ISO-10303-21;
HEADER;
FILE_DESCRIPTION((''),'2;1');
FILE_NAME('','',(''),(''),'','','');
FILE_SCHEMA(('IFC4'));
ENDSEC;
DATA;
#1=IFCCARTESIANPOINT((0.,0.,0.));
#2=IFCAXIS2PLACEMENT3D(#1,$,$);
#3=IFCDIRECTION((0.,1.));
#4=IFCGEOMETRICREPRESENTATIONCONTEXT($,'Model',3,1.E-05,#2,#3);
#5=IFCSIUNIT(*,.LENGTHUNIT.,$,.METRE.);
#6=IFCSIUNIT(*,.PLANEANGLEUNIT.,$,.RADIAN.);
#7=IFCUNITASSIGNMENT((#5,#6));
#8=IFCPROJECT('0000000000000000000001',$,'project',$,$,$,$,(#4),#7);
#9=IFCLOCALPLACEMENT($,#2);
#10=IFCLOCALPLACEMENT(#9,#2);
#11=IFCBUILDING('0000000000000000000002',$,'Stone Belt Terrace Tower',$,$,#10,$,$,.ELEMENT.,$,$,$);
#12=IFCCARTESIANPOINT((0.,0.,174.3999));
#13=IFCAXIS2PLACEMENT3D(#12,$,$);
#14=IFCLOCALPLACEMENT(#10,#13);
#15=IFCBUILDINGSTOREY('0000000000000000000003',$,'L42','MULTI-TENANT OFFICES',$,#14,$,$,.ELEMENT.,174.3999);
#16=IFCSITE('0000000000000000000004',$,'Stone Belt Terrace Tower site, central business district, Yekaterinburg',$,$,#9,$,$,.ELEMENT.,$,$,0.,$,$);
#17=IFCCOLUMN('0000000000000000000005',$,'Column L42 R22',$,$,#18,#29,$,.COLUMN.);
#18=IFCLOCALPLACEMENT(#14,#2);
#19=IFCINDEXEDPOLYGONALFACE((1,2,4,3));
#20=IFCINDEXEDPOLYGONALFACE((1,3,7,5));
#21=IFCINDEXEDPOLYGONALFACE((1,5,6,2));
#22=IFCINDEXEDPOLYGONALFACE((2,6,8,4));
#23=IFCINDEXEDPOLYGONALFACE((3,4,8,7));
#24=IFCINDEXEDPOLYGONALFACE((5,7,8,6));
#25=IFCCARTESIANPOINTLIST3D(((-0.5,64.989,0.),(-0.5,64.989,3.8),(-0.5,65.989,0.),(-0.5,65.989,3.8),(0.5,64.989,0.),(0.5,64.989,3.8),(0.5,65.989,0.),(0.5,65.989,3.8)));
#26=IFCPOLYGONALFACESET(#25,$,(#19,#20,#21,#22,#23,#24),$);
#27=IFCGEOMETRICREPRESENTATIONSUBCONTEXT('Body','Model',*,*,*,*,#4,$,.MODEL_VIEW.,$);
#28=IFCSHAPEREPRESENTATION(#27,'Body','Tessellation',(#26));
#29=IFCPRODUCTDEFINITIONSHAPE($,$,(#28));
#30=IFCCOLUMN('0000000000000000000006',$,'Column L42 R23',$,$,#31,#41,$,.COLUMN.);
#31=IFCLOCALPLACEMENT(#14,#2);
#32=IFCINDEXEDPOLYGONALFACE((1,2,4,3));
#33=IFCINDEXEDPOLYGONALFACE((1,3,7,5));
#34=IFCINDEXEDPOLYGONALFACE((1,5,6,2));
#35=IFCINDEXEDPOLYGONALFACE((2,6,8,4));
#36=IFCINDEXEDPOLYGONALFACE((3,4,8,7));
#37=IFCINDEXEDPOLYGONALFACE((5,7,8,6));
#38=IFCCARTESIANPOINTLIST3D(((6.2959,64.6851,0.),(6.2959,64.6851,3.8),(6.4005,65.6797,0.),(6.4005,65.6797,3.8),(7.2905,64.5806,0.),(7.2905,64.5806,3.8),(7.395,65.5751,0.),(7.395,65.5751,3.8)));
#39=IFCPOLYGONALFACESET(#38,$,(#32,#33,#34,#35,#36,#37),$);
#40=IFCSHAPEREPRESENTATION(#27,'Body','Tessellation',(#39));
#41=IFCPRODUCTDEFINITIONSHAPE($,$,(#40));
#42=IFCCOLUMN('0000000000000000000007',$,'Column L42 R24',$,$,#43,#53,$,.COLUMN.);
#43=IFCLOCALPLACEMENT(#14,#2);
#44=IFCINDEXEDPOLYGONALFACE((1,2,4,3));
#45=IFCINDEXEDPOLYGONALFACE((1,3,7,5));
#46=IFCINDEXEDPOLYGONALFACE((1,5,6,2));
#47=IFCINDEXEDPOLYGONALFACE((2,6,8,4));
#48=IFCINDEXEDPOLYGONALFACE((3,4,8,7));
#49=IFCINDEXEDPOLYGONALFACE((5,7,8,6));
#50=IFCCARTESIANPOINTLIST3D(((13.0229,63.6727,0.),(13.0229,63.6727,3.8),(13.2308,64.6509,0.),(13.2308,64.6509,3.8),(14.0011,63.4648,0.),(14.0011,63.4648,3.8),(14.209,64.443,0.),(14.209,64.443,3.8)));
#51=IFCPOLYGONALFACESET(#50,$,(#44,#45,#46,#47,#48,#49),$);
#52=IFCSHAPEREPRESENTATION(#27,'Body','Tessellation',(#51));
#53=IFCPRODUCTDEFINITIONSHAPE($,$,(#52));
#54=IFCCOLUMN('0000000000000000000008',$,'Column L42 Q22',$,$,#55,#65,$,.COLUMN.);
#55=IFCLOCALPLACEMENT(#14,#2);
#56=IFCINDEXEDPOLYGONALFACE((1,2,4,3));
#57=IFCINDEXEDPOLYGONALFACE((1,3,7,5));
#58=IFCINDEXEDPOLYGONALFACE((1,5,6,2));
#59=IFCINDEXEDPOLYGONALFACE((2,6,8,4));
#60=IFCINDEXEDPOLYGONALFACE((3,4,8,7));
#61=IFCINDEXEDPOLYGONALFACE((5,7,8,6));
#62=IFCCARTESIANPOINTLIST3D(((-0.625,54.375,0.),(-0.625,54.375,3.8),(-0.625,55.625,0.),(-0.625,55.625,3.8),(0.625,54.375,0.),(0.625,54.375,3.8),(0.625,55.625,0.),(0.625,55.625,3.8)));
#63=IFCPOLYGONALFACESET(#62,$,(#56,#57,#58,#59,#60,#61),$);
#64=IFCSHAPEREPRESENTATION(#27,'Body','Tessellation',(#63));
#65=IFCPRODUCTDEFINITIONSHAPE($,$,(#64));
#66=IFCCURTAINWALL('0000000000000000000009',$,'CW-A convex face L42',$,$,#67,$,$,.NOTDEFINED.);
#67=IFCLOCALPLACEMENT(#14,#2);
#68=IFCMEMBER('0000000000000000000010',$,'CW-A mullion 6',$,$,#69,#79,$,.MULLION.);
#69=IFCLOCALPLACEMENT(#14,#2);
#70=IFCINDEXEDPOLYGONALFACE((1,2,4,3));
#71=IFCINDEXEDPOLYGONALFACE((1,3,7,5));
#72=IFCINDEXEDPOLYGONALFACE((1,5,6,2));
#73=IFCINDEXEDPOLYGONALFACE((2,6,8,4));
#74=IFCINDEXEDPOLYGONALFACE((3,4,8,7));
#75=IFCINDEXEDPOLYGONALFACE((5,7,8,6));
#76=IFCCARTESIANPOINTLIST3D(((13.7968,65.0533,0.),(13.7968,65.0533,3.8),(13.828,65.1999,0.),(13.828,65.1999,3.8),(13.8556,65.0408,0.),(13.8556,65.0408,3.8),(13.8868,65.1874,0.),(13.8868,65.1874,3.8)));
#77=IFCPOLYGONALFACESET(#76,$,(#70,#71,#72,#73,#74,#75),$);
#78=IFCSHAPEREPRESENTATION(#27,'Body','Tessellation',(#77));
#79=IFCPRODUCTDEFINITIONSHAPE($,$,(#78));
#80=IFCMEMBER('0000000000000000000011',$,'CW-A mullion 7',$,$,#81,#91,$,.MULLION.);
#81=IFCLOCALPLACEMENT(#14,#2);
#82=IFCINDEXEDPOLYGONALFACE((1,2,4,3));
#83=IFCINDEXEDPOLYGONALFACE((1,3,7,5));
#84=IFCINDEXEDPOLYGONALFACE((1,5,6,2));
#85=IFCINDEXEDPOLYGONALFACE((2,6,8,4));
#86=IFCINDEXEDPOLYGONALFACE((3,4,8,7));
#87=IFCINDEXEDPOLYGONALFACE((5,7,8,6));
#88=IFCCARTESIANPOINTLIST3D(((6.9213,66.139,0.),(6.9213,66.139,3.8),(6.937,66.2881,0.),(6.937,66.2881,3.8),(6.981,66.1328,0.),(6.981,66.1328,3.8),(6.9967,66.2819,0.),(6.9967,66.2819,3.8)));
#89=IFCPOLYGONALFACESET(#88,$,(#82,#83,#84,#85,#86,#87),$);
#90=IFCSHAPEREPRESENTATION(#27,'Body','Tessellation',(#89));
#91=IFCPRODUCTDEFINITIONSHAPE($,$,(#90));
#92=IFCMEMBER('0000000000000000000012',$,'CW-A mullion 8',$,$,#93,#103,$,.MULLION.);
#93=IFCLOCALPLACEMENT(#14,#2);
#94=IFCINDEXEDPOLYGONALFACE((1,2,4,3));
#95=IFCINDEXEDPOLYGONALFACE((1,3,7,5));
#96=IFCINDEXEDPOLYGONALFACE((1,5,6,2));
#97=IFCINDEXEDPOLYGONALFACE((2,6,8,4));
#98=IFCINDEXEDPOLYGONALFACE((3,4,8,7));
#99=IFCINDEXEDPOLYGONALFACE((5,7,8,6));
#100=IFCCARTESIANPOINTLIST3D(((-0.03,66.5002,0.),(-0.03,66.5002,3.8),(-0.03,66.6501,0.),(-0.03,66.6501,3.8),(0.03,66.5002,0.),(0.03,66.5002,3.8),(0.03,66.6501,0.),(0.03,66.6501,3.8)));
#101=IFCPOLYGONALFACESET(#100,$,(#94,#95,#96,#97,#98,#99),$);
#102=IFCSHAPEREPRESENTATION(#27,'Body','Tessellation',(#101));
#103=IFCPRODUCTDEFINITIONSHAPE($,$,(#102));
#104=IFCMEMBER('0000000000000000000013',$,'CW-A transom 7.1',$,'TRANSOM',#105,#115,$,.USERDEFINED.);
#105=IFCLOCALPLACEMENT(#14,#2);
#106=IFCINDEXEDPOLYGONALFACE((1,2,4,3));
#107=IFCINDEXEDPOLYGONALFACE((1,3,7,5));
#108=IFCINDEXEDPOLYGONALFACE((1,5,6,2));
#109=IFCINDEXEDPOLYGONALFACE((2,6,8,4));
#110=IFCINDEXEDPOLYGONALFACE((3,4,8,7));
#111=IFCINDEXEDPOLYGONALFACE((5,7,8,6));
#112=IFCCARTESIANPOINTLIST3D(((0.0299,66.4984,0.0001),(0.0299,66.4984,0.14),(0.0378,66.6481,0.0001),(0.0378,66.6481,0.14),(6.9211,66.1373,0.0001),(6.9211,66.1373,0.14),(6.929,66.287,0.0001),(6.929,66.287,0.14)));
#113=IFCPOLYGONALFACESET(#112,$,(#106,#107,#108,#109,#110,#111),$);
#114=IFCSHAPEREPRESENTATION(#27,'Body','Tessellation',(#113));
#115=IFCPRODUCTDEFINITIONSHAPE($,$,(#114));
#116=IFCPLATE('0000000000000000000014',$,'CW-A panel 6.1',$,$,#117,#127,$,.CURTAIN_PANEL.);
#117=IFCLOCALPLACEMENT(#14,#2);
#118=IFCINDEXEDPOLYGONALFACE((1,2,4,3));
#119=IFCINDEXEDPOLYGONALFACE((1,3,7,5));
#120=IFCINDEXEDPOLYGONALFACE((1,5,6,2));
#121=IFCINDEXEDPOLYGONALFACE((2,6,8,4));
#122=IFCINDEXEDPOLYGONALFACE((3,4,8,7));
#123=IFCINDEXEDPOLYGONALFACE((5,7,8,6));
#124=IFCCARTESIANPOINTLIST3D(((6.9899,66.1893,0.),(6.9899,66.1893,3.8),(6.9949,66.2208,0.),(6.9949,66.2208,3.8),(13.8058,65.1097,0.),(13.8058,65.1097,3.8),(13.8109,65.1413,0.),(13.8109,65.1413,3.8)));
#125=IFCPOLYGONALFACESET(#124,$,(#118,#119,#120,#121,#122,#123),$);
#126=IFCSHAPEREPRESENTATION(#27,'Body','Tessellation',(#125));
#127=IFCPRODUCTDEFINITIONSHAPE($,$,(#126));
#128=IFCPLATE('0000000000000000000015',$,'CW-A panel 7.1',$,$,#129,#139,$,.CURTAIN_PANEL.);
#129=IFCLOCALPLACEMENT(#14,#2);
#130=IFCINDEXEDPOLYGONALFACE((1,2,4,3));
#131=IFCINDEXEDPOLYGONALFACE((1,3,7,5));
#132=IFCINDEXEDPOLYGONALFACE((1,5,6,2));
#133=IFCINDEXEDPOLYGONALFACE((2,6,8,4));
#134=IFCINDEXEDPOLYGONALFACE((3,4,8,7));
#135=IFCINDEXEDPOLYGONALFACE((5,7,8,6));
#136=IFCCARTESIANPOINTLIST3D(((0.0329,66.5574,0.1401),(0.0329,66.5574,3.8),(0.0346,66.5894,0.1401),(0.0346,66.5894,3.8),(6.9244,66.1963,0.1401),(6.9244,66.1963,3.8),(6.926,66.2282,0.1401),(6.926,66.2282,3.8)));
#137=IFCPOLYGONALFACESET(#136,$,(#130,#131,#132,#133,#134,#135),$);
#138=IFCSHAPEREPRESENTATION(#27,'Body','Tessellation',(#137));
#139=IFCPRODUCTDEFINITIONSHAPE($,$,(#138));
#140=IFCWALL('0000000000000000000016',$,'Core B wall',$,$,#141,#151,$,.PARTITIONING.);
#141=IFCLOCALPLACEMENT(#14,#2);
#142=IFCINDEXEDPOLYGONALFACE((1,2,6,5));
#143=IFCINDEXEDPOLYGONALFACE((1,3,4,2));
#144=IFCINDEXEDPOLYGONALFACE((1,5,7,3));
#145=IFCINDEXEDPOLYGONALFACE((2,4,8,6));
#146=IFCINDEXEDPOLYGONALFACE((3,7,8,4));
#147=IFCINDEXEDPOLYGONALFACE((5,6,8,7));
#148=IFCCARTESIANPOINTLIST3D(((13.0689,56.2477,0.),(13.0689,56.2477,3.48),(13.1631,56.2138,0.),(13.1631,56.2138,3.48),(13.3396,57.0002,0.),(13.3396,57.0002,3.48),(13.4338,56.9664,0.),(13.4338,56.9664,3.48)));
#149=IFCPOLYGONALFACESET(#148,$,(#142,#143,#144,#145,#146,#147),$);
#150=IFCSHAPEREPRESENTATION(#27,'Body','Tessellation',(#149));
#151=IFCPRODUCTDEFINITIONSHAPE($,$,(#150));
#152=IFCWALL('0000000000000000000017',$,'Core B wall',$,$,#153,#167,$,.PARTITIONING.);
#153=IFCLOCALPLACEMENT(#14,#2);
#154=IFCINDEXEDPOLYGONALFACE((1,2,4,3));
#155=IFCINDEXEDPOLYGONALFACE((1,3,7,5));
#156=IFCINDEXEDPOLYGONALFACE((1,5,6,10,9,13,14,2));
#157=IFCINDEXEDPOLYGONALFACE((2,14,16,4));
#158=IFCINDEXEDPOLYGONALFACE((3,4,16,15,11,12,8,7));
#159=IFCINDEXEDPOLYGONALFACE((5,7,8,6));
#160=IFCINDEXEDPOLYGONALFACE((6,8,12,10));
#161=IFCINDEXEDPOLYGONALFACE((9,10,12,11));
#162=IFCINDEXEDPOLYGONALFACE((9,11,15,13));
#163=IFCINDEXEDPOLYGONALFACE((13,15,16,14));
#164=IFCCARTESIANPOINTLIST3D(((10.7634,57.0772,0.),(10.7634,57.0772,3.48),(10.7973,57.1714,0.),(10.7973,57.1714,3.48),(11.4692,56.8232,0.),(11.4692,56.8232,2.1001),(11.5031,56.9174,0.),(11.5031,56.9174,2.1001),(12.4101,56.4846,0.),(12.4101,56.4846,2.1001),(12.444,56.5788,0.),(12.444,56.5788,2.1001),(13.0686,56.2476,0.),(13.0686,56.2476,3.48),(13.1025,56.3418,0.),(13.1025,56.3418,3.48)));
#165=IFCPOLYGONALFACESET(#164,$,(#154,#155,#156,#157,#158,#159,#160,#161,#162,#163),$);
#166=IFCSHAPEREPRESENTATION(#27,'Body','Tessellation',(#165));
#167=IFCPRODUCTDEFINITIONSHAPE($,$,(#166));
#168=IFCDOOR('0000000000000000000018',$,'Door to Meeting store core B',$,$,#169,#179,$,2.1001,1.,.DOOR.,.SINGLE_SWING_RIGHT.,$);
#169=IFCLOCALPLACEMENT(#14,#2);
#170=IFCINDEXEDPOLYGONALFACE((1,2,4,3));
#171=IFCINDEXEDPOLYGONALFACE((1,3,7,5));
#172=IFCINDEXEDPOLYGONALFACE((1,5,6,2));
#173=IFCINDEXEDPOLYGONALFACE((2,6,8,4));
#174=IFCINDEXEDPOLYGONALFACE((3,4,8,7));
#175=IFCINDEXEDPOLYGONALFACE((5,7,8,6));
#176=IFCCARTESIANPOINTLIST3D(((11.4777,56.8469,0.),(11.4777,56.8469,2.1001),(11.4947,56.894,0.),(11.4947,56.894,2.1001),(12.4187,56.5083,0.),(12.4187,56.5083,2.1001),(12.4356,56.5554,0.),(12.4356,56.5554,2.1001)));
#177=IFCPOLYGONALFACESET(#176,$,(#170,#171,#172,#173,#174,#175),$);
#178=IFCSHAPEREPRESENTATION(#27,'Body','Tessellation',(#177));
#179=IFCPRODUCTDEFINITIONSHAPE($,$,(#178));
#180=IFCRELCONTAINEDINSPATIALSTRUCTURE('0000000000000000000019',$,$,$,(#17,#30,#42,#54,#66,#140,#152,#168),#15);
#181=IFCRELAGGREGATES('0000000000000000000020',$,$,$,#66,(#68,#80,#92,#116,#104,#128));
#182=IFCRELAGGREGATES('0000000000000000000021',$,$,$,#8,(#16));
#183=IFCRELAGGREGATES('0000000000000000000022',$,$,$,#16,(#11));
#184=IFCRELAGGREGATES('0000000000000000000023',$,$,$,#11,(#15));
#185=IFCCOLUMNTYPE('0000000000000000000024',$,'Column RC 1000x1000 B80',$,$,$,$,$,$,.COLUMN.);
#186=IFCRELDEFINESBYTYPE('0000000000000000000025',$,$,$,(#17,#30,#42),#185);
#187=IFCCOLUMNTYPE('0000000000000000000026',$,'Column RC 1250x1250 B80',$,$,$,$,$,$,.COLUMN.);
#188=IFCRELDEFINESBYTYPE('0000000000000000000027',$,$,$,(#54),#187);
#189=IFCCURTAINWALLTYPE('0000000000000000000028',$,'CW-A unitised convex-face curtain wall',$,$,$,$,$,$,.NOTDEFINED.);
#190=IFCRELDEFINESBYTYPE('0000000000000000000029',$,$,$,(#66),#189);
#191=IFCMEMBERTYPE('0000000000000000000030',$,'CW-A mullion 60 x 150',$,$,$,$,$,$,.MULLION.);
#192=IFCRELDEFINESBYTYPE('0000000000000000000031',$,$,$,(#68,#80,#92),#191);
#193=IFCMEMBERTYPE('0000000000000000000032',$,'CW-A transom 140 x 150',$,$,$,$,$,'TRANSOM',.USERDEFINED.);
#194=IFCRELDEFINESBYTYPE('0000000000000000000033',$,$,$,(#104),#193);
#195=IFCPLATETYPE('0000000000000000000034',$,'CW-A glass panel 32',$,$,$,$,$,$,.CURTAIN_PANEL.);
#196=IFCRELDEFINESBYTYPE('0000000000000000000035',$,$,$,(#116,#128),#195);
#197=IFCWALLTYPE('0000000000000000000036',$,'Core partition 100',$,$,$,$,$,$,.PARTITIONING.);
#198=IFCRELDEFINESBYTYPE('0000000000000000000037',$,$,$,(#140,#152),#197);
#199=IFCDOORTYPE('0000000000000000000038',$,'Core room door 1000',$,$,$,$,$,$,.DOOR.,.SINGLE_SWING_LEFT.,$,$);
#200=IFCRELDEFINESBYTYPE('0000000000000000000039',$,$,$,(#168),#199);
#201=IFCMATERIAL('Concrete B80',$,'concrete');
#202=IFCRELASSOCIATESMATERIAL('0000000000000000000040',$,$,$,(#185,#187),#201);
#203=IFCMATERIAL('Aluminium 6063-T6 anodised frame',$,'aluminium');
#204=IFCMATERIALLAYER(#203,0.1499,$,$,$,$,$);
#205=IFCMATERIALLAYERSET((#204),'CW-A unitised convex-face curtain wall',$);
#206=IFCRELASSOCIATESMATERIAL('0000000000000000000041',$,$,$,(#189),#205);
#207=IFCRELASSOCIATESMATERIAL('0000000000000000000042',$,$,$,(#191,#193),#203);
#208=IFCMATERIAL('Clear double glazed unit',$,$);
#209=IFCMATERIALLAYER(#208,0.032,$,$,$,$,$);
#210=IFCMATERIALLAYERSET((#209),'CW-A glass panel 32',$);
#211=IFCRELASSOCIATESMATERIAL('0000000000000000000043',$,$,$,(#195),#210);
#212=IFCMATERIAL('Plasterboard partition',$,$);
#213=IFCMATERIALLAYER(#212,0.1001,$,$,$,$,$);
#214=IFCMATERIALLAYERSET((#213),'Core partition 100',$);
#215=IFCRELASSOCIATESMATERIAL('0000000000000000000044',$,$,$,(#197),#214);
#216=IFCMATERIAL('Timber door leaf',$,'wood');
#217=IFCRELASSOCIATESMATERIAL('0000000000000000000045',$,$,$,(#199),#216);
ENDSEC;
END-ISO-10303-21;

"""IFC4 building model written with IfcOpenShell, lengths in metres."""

from ifc_helpers import new_model, si_unit, direction, frame, frame_2d, origin, origin_2d, place, context, subcontext, project, spatial, rectangle, extrude, material, layer, layer_set, material_profile, profile_set, type_object, element, fill, aggregate, save


model = new_model("IFC4")

# Units and contexts
model_context = context("Model", 3, precision=1e-05, world=origin(), true_north=direction((0.0, 1.0)))
body_context = subcontext(model_context, "Body", "Model", "MODEL_VIEW")
ifc_project = project(units=[si_unit("LENGTHUNIT", "METRE"), si_unit("PLANEANGLEUNIT", "RADIAN")], contexts=[model_context])

# Site, building, storey
site_placement = place(None, origin())
site = spatial("IfcSite", under=ifc_project, at=site_placement, Name="Stone Belt Terrace Tower site, central business district, Yekaterinburg", CompositionType="ELEMENT", RefElevation=0.0)
building_placement = place(site_placement, origin())
building = spatial("IfcBuilding", under=site, at=building_placement, Name="Stone Belt Terrace Tower", CompositionType="ELEMENT")
storey_placement = place(building_placement, frame((0.0, 0.0, 174.3999)))
storey = spatial("IfcBuildingStorey", under=building, at=storey_placement, Name="L42", Description="MULTI-TENANT OFFICES", CompositionType="ELEMENT", Elevation=174.3999)

# Columns
ifc_material_1 = material(Name="Concrete B80", Category="concrete")
ifc_material_profile_1 = material_profile(ifc_material_1, rectangle(XDim=1.0, YDim=1.0, at=origin_2d()), Name="RC 1000x1000")
ifc_profile_set_1 = profile_set([ifc_material_profile_1], Name="Concrete B80")
column_type_1 = type_object("IfcColumnType", Name="Column RC 1000x1000 B80", PredefinedType="COLUMN", material=ifc_profile_set_1)
for number, where, z_axis, x_axis, name in (
    (1, (0.0, 65.489, 0.0), (0.0, 0.0, 1.0), (1.0, 0.0, 0.0), "Column L42 R22"),
    (2, (6.8455, 65.1301, 0.0), (0.0, 0.0, 1.0), (0.994522, -0.104528, 0.0), "Column L42 R23"),
    (3, (13.616, 64.0579, 0.0), (0.0, 0.0, 1.0), (0.978148, -0.207912, 0.0), "Column L42 R24"),
):
    element("IfcColumn", number, at=place(storey_placement, frame(where, z_axis=z_axis, x_axis=x_axis)), inside=storey, type_object=column_type_1, Name=name, PredefinedType="COLUMN", context=body_context, shape_type="SweptSolid", body=[
        extrude(rectangle(XDim=1.0, YDim=1.0, at=origin_2d()), origin(), (0.0, 0.0, 1.0), 3.8),
    ])
ifc_material_profile_2 = material_profile(ifc_material_1, rectangle(XDim=1.25, YDim=1.25, at=origin_2d()), Name="RC 1250x1250")
ifc_profile_set_2 = profile_set([ifc_material_profile_2], Name="Concrete B80")
column_type_2 = type_object("IfcColumnType", Name="Column RC 1250x1250 B80", PredefinedType="COLUMN", material=ifc_profile_set_2)
column_placement = place(storey_placement, frame((0.0, 55.0, 0.0), z_axis=(0.0, 0.0, 1.0), x_axis=(1.0, 0.0, 0.0)))
element("IfcColumn", 4, at=column_placement, inside=storey, type_object=column_type_2, Name="Column L42 Q22", PredefinedType="COLUMN", context=body_context, shape_type="SweptSolid", body=[
    extrude(rectangle(XDim=1.25, YDim=1.25, at=origin_2d()), origin(), (0.0, 0.0, 1.0), 3.8),
])

# Curtain wall, members, plates
ifc_material_2 = material(Name="Aluminium 6063-T6 anodised frame", Category="aluminium")
ifc_layer_1 = layer(ifc_material_2, 0.1499)
ifc_layer_set_1 = layer_set([ifc_layer_1], Name="CW-A unitised convex-face curtain wall")
curtain_wall_type = type_object("IfcCurtainWallType", Name="CW-A unitised convex-face curtain wall", PredefinedType="NOTDEFINED", material=ifc_layer_set_1)
curtain_wall_placement = place(storey_placement, origin())
curtain_wall = element("IfcCurtainWall", 5, at=curtain_wall_placement, inside=storey, type_object=curtain_wall_type, Name="CW-A convex face L42", PredefinedType="NOTDEFINED")
ifc_material_profile_3 = material_profile(ifc_material_2, rectangle(XDim=0.1499, YDim=0.0601, at=origin_2d()), Name="Aluminium 6063-T6 60x150")
ifc_profile_set_3 = profile_set([ifc_material_profile_3], Name="Aluminium 6063-T6 anodised frame")
member_type_1 = type_object("IfcMemberType", Name="CW-A mullion 60 x 150", PredefinedType="MULLION", material=ifc_profile_set_3)
member_1_placement = place(storey_placement, frame((13.8418, 65.1204, 0.0), z_axis=(0.0, 0.0, 1.0), x_axis=(-0.207912, -0.978148, 0.0)))
member_1 = element("IfcMember", 6, at=member_1_placement, type_object=member_type_1, Name="CW-A mullion 6", PredefinedType="MULLION", context=body_context, shape_type="SweptSolid", body=[
    extrude(rectangle(XDim=0.1499, YDim=0.0601, at=origin_2d()), origin(), (0.0, 0.0, 1.0), 3.8),
])
member_2_placement = place(storey_placement, frame((6.959, 66.2104, 0.0), z_axis=(0.0, 0.0, 1.0), x_axis=(-0.104528, -0.994522, 0.0)))
member_2 = element("IfcMember", 7, at=member_2_placement, type_object=member_type_1, Name="CW-A mullion 7", PredefinedType="MULLION", context=body_context, shape_type="SweptSolid", body=[
    extrude(rectangle(XDim=0.1499, YDim=0.0601, at=origin_2d()), origin(), (0.0, 0.0, 1.0), 3.8),
])
member_3_placement = place(storey_placement, frame((0.0, 66.5752, 0.0), z_axis=(0.0, 0.0, 1.0), x_axis=(0.0, -1.0, 0.0)))
member_3 = element("IfcMember", 8, at=member_3_placement, type_object=member_type_1, Name="CW-A mullion 8", PredefinedType="MULLION", context=body_context, shape_type="SweptSolid", body=[
    extrude(rectangle(XDim=0.1499, YDim=0.0601, at=origin_2d()), origin(), (0.0, 0.0, 1.0), 3.8),
])
ifc_material_profile_4 = material_profile(ifc_material_2, rectangle(XDim=0.1499, YDim=0.1399, at=origin_2d()), Name="Aluminium 6063-T6 150x140")
ifc_profile_set_4 = profile_set([ifc_material_profile_4], Name="Aluminium 6063-T6 anodised frame")
member_type_2 = type_object("IfcMemberType", Name="CW-A transom 140 x 150", ElementType="TRANSOM", PredefinedType="USERDEFINED", material=ifc_profile_set_4)
member_4_placement = place(storey_placement, frame((6.925, 66.2122, 0.0701), z_axis=(-0.99863, 0.052327, 0.0), x_axis=(-0.052327, -0.99863, 0.0)))
member_4 = element("IfcMember", 9, at=member_4_placement, type_object=member_type_2, Name="CW-A transom 7.1", ObjectType="TRANSOM", PredefinedType="USERDEFINED", context=body_context, shape_type="SweptSolid", body=[
    extrude(rectangle(XDim=0.1499, YDim=0.1399, at=origin_2d()), origin(), (0.0, 0.0, 1.0), 6.9006),
])
ifc_material_3 = material(Name="Clear double glazed unit")
ifc_layer_2 = layer(ifc_material_3, 0.032)
ifc_layer_set_2 = layer_set([ifc_layer_2], Name="CW-A glass panel 32")
plate_type = type_object("IfcPlateType", Name="CW-A glass panel 32", PredefinedType="CURTAIN_PANEL", material=ifc_layer_set_2)
plate_1_placement = place(storey_placement, frame((10.4004, 65.6653, 0.0), z_axis=(0.0, 0.0, 1.0), x_axis=(-0.987688, 0.156434, 0.0)))
plate_1 = element("IfcPlate", 10, at=plate_1_placement, type_object=plate_type, Name="CW-A panel 6.1", PredefinedType="CURTAIN_PANEL", context=body_context, shape_type="SweptSolid", body=[
    extrude(rectangle(XDim=6.9009, YDim=0.032, at=origin_2d()), origin(), (0.0, 0.0, 1.0), 3.8),
])
plate_2_placement = place(storey_placement, frame((3.4795, 66.3928, 0.1401), z_axis=(0.0, 0.0, 1.0), x_axis=(-0.99863, 0.052336, 0.0)))
plate_2 = element("IfcPlate", 11, at=plate_2_placement, type_object=plate_type, Name="CW-A panel 7.1", PredefinedType="CURTAIN_PANEL", context=body_context, shape_type="SweptSolid", body=[
    extrude(rectangle(XDim=6.9009, YDim=0.032, at=origin_2d()), origin(), (0.0, 0.0, 1.0), 3.6599),
])
aggregate(curtain_wall, [member_1, member_2, member_3, plate_1, member_4, plate_2])

# Wall
ifc_material_4 = material(Name="Plasterboard partition")
ifc_layer_3 = layer(ifc_material_4, 0.1001)
ifc_layer_set_3 = layer_set([ifc_layer_3], Name="Core partition 100")
wall_type_1 = type_object("IfcWallType", Name="Core partition 100", PredefinedType="PARTITIONING", material=ifc_layer_set_3)
wall_1_placement = place(storey_placement, frame((13.116, 56.2307, 0.0), z_axis=(0.0, 0.0, 1.0), x_axis=(0.338482, 0.940973, 0.0)))
element("IfcWall", 12, at=wall_1_placement, inside=storey, type_object=wall_type_1, Name="Core B wall", PredefinedType="PARTITIONING", context=body_context, shape_type="SweptSolid", body=[
    extrude(rectangle(XDim=0.7998, YDim=0.1001, at=frame_2d((0.3999, 0.0))), origin(), (0.0, 0.0, 1.0), 3.48),
])

# Wall, opening, door
wall_2_placement = place(storey_placement, frame((13.0857, 56.2947, 0.0), z_axis=(0.0, 0.0, 1.0), x_axis=(-0.940923, 0.338621, 0.0)))
wall_2 = element("IfcWall", 13, at=wall_2_placement, inside=storey, type_object=wall_type_1, Name="Core B wall", PredefinedType="PARTITIONING", context=body_context, shape_type="SweptSolid", body=[
    extrude(rectangle(XDim=2.45, YDim=0.1001, at=frame_2d((1.2251, 0.0))), origin(), (0.0, 0.0, 1.0), 3.48),
])
opening_1_placement = place(wall_2_placement, frame((0.7, 0.0, 0.0)))
opening_1 = element("IfcOpeningElement", 14, at=opening_1_placement, cuts=wall_2, PredefinedType="OPENING", context=body_context, shape_type="SweptSolid", body=[
    extrude(rectangle(XDim=1.0, YDim=2.1001, at=frame_2d((0.5, 1.05))), frame((0.0, 0.0601, 0.0), z_axis=(0.0, -1.0, 0.0), x_axis=(1.0, 0.0, 0.0)), (0.0, 0.0, 1.0), 0.1201),
])
ifc_material_5 = material(Name="Timber door leaf", Category="wood")
door_type_1 = type_object("IfcDoorType", Name="Core room door 1000", OperationType="SINGLE_SWING_LEFT", PredefinedType="DOOR", material=ifc_material_5)
door_1_placement = place(opening_1_placement, origin())
door_1 = element("IfcDoor", 15, at=door_1_placement, inside=storey, type_object=door_type_1, Name="Door to Meeting store core B", OperationType="SINGLE_SWING_RIGHT", OverallHeight=2.1001, OverallWidth=1.0, PredefinedType="DOOR", context=body_context, shape_type="SweptSolid", body=[
    extrude(rectangle(XDim=1.0, YDim=2.1001, at=frame_2d((0.5, 1.05))), frame((0.0, 0.0249, 0.0), z_axis=(0.0, -1.0, 0.0), x_axis=(1.0, 0.0, 0.0)), (0.0, 0.0, 1.0), 0.05),
])
fill(opening_1, door_1)

save(model, "model.ifc")
